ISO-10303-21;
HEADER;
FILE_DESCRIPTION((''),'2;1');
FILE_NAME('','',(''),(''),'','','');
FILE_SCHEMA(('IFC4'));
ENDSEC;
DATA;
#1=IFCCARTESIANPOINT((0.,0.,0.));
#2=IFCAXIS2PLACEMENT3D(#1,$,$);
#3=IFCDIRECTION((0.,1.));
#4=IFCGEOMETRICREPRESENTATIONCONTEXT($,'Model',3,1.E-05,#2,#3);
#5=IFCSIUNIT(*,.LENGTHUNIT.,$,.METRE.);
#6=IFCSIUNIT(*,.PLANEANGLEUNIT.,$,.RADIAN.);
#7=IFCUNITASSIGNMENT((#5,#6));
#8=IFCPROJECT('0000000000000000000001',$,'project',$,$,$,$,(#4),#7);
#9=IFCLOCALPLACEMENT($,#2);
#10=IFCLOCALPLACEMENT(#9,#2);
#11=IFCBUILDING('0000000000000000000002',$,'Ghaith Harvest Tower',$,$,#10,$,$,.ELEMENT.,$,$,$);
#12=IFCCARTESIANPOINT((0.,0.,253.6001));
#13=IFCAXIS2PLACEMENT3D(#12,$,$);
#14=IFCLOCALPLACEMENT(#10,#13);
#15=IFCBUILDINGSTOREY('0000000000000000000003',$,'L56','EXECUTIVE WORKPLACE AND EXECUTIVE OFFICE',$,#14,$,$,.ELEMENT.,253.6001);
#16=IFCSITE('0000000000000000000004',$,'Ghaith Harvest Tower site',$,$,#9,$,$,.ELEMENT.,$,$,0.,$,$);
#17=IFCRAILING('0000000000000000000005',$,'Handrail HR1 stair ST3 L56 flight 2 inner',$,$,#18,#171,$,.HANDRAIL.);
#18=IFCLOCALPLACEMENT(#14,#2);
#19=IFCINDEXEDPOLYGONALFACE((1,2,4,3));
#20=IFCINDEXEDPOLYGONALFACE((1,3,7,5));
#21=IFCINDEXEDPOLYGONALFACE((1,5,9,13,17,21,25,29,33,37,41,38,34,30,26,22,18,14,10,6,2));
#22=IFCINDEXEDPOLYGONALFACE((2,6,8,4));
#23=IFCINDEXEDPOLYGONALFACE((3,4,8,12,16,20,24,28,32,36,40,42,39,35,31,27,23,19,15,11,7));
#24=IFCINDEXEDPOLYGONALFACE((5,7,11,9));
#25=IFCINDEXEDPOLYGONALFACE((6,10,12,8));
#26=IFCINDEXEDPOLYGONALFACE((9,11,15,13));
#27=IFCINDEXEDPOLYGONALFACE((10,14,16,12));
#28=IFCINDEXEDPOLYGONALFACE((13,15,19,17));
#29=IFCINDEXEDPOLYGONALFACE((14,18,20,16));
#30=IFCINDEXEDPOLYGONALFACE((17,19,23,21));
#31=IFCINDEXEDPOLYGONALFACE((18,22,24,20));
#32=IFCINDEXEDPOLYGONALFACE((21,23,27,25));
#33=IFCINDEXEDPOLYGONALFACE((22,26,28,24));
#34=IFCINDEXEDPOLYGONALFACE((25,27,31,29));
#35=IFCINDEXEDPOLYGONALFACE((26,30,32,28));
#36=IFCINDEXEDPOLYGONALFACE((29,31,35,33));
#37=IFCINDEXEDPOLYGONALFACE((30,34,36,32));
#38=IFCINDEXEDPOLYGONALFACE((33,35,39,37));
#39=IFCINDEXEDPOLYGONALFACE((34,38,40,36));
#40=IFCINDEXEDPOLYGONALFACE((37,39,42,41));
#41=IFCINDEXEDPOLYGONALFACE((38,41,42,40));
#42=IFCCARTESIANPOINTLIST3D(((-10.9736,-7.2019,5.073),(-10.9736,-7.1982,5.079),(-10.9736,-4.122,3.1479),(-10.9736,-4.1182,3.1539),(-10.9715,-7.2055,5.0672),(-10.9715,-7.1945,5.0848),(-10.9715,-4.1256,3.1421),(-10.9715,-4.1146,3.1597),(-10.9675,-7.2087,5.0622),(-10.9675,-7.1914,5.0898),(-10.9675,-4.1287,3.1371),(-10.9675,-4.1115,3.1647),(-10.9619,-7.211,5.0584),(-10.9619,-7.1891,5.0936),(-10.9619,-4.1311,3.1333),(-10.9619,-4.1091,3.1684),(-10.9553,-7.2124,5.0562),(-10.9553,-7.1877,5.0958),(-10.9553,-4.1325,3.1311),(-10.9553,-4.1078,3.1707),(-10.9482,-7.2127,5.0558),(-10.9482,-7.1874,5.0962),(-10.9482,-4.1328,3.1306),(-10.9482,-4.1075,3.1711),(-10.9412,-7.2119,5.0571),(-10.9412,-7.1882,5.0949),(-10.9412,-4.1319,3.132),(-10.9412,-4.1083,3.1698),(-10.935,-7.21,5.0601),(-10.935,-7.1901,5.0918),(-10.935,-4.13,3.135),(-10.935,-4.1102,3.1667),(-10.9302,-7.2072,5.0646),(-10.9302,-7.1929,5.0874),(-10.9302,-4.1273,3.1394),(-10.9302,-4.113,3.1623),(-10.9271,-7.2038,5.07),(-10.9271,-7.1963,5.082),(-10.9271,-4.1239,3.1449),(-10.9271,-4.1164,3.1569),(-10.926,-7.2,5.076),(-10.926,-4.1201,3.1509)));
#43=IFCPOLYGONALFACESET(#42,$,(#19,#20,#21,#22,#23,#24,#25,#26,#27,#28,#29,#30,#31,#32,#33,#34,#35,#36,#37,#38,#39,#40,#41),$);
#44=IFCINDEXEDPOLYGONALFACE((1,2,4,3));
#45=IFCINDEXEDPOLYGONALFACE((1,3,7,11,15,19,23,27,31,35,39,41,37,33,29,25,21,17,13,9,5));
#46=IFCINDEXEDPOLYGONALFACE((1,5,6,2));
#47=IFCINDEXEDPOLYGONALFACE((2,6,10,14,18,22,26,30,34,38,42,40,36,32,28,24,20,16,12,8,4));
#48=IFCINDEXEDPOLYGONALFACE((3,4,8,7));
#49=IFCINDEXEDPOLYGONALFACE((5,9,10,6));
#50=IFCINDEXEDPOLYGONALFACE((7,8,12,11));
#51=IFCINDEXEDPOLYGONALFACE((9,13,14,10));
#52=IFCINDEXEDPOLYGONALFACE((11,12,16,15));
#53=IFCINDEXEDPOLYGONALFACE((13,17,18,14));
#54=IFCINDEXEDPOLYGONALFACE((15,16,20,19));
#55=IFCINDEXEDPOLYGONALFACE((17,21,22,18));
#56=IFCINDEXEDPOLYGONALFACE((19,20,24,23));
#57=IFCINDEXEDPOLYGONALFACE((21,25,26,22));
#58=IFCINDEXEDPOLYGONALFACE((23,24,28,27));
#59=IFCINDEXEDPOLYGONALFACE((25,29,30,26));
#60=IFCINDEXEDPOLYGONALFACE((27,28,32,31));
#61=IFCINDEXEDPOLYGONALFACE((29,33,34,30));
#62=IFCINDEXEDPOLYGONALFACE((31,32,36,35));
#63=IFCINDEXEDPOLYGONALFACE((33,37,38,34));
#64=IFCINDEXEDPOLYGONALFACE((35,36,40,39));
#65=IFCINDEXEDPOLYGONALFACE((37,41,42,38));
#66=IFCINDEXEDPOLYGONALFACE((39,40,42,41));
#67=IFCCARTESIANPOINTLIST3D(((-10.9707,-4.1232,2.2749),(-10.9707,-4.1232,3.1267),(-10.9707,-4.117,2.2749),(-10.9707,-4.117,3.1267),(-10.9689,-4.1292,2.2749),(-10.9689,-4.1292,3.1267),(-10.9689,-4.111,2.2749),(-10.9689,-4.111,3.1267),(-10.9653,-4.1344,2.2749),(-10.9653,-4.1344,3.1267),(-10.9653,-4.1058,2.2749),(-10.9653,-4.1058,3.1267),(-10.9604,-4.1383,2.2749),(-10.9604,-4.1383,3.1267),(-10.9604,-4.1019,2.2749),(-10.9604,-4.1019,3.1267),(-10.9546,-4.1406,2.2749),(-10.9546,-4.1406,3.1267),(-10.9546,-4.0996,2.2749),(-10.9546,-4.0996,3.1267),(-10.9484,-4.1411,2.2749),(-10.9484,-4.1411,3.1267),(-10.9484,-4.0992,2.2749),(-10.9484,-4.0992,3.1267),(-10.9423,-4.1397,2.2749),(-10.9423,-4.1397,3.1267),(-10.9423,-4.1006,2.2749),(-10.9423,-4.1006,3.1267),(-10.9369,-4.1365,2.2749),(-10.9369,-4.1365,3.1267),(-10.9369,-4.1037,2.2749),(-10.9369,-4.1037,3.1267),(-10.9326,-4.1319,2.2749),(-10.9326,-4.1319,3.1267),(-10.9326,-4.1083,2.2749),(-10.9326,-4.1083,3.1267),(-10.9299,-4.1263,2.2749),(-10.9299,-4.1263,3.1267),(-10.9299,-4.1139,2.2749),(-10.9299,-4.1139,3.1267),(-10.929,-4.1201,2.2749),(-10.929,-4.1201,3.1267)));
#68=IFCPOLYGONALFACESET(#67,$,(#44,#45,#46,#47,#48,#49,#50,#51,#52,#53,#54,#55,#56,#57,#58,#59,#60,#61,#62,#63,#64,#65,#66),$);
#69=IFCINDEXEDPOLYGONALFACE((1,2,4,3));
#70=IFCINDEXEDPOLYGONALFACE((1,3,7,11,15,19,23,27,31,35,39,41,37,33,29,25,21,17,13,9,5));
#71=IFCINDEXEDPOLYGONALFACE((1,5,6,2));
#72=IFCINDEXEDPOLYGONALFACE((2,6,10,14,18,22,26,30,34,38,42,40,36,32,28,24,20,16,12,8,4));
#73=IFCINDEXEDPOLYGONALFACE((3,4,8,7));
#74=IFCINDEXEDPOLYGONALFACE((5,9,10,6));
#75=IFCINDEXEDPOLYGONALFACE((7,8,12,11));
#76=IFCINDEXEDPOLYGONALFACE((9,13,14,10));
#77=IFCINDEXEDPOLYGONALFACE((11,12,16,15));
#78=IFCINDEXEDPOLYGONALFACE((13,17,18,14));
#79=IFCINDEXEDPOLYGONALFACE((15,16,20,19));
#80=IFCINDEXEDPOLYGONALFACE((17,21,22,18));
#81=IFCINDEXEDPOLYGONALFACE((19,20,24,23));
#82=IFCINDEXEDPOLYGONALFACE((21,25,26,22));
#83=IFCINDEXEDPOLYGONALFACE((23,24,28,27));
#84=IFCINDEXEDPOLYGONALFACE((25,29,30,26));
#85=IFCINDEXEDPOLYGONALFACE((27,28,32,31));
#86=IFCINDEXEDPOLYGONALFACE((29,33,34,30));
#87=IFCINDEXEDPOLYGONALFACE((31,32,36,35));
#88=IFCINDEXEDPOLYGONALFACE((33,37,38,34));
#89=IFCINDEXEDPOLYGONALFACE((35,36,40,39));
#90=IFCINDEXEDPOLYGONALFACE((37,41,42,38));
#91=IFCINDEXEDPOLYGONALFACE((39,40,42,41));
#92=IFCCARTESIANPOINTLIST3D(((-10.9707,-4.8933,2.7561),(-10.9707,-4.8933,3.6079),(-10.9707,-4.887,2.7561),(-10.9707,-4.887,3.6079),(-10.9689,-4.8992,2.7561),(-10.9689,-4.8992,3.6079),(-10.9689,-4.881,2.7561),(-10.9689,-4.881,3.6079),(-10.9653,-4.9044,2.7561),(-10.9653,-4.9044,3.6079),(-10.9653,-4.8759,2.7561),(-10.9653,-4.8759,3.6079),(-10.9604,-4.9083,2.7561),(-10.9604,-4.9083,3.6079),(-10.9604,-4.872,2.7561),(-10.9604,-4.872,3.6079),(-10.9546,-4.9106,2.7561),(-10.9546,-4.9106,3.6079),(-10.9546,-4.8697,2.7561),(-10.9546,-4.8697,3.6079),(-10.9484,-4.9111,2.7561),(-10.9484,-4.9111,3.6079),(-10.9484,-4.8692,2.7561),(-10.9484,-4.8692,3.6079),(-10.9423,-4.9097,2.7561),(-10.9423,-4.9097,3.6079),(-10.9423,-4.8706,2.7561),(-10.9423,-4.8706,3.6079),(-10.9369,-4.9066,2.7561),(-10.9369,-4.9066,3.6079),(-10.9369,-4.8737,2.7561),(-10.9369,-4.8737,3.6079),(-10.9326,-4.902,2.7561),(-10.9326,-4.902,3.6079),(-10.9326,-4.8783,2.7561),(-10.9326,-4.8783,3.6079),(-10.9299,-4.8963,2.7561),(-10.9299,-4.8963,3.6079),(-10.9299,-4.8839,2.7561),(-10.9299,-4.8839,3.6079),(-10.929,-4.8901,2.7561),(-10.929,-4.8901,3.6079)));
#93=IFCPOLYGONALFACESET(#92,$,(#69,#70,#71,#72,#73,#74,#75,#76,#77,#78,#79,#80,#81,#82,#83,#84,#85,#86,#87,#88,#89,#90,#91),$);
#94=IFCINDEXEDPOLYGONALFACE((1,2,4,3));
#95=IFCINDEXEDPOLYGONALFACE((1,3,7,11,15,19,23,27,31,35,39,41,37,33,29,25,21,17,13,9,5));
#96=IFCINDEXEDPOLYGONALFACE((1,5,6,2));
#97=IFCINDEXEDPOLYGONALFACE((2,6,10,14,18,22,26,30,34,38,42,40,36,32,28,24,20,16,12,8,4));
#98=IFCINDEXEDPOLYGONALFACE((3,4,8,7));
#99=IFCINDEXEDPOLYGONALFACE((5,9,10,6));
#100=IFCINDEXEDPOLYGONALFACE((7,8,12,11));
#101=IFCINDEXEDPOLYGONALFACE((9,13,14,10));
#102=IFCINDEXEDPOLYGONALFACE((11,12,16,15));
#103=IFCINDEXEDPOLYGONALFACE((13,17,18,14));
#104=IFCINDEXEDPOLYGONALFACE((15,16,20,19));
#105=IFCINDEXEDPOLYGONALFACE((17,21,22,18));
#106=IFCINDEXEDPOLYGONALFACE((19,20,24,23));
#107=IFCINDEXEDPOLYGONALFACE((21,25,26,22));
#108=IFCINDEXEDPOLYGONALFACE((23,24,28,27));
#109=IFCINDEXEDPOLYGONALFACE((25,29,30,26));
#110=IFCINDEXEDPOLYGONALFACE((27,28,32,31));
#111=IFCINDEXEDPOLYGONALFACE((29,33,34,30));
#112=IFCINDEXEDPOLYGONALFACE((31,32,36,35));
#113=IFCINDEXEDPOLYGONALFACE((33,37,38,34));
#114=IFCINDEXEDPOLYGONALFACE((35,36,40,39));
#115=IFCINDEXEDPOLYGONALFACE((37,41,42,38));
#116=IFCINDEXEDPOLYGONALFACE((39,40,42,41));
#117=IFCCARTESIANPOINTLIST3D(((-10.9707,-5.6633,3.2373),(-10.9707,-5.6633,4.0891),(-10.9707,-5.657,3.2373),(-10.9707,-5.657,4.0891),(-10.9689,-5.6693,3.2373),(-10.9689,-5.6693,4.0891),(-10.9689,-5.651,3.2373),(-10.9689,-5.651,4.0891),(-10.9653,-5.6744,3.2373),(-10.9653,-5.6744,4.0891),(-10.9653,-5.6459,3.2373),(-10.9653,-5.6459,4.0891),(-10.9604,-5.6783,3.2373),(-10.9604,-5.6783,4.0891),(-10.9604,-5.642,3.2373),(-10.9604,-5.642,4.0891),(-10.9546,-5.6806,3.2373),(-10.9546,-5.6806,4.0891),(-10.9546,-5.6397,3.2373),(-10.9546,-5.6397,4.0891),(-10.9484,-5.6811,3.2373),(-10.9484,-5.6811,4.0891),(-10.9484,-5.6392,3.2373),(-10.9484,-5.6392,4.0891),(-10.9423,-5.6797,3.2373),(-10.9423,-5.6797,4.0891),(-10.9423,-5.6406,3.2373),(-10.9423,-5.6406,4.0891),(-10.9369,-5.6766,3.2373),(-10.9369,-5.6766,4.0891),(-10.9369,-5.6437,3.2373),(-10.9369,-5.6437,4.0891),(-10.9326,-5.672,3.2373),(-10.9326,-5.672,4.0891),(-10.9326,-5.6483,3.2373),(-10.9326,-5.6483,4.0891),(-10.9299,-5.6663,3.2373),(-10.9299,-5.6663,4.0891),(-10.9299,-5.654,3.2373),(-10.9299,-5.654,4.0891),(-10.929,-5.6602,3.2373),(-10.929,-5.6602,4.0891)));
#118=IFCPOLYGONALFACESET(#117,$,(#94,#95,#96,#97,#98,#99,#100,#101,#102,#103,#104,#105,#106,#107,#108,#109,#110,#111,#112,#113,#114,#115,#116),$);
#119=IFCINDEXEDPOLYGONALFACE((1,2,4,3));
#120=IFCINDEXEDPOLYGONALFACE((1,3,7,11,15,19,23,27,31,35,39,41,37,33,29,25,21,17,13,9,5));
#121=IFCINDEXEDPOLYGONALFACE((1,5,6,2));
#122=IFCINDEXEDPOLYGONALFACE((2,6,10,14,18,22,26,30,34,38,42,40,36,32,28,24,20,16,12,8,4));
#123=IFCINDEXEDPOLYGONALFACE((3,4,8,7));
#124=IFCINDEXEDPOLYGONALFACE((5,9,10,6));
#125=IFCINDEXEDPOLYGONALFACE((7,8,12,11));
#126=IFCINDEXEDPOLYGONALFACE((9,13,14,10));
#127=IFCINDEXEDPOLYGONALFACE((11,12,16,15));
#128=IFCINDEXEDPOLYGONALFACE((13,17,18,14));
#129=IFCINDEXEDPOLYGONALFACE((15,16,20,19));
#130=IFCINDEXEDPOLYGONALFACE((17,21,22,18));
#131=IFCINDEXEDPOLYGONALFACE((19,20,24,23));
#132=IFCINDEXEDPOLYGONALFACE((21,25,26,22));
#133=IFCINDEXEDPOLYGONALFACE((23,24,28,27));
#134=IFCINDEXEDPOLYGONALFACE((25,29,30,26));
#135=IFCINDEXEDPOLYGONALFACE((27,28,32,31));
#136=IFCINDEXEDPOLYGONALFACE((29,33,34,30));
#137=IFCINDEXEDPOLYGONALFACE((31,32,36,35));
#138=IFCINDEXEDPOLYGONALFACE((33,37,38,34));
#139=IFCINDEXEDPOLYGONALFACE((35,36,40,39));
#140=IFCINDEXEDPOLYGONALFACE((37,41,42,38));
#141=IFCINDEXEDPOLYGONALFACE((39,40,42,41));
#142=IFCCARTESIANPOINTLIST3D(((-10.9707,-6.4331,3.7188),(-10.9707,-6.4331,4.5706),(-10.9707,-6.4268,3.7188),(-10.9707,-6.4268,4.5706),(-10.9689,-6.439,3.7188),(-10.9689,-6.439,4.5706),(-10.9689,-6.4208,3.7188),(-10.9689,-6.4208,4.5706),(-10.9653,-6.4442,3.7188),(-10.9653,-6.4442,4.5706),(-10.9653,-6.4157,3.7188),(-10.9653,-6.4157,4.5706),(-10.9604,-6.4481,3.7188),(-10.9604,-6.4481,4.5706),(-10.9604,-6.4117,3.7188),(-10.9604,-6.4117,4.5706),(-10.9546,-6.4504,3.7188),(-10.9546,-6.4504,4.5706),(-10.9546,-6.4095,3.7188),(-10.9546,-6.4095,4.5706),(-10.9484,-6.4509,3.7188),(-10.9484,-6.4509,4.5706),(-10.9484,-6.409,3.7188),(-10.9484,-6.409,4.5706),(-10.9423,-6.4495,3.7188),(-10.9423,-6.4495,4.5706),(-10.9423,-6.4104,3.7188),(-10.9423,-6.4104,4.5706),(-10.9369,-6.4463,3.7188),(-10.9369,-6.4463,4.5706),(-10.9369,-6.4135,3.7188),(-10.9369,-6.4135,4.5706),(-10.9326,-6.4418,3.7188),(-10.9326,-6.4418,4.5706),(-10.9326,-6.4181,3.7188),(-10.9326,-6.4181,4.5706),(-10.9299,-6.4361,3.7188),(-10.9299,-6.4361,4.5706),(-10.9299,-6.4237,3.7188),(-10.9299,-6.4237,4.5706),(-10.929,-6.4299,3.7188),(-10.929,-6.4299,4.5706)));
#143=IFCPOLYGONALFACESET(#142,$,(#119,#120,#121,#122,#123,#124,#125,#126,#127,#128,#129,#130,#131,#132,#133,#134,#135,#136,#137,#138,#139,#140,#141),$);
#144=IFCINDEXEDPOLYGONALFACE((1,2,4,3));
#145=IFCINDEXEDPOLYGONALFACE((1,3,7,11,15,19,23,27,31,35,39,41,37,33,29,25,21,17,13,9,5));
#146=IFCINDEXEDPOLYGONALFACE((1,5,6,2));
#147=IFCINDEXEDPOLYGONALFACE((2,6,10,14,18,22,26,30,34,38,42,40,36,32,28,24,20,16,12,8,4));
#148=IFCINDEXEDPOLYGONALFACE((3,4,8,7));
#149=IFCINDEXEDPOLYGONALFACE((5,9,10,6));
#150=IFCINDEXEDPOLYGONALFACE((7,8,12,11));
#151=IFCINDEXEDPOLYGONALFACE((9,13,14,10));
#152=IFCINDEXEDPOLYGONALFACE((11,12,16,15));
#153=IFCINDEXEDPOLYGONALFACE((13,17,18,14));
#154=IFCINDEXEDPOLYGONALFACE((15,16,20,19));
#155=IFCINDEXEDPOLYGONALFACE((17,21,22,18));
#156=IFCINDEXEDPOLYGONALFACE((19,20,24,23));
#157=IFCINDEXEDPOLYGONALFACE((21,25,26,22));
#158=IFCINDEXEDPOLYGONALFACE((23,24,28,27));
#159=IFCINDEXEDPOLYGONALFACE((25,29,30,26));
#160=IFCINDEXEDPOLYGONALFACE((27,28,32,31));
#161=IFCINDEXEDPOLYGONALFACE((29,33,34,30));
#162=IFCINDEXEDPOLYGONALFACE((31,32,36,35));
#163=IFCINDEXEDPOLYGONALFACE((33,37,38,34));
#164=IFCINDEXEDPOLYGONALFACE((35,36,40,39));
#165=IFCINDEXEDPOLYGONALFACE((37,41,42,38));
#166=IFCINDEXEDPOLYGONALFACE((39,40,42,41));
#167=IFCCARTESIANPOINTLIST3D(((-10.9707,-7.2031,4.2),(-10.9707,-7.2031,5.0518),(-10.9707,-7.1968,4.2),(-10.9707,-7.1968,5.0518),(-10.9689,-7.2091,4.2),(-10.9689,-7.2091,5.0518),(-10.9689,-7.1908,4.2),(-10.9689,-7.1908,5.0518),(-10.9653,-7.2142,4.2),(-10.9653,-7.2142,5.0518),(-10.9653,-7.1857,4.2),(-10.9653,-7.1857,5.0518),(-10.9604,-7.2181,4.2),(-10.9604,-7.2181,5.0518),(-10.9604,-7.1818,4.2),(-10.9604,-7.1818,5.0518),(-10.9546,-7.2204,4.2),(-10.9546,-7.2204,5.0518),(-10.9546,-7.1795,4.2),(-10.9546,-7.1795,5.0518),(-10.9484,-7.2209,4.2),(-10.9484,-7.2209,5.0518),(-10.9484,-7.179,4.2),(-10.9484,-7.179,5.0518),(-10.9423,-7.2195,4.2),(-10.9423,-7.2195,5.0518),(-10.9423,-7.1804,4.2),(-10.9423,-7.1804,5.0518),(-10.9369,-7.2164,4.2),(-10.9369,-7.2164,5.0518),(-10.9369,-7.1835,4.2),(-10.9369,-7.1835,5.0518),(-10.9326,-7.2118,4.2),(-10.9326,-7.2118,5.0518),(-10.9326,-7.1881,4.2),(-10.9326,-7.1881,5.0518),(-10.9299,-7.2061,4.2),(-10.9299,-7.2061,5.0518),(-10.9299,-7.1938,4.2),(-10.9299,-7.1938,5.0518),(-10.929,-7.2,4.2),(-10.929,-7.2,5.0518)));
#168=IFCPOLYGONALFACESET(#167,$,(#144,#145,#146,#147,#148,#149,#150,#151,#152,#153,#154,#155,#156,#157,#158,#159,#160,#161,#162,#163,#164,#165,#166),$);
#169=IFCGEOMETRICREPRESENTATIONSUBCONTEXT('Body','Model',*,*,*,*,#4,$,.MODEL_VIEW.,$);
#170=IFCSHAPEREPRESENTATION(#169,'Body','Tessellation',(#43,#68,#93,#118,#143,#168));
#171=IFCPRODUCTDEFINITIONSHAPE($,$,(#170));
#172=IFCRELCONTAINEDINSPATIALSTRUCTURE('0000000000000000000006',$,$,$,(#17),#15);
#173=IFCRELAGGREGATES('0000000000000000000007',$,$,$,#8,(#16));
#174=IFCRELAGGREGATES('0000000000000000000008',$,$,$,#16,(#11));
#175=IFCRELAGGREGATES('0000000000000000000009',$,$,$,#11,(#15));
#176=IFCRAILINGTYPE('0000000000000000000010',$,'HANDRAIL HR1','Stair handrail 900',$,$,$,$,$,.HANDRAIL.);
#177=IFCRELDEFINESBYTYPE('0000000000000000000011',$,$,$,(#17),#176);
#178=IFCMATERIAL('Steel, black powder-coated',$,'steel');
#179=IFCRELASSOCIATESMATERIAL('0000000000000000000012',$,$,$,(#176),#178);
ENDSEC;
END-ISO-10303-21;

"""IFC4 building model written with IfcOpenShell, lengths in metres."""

from ifc_helpers import new_model, si_unit, direction, frame, origin, origin_2d, place, context, subcontext, project, spatial, circle, extrude, material, type_object, element, save


model = new_model("IFC4")

# Units and contexts
model_context = context("Model", 3, precision=1e-05, world=origin(), true_north=direction((0.0, 1.0)))
body_context = subcontext(model_context, "Body", "Model", "MODEL_VIEW")
ifc_project = project(units=[si_unit("LENGTHUNIT", "METRE"), si_unit("PLANEANGLEUNIT", "RADIAN")], contexts=[model_context])

# Site, building, storey
site_placement = place(None, origin())
site = spatial("IfcSite", under=ifc_project, at=site_placement, Name="Ghaith Harvest Tower site", CompositionType="ELEMENT", RefElevation=0.0)
building_placement = place(site_placement, origin())
building = spatial("IfcBuilding", under=site, at=building_placement, Name="Ghaith Harvest Tower", CompositionType="ELEMENT")
storey_placement = place(building_placement, frame((0.0, 0.0, 253.6001)))
storey = spatial("IfcBuildingStorey", under=building, at=storey_placement, Name="L56", Description="EXECUTIVE WORKPLACE AND EXECUTIVE OFFICE", CompositionType="ELEMENT", Elevation=253.6001)

# Railing
ifc_material_1 = material(Name="Steel, black powder-coated", Category="steel")
railing_type = type_object("IfcRailingType", Name="HANDRAIL HR1", Description="Stair handrail 900", PredefinedType="HANDRAIL", material=ifc_material_1)
railing_1_placement = place(storey_placement, frame((-10.95, -4.1201, 2.2749)))
element("IfcRailing", 1, at=railing_1_placement, inside=storey, type_object=railing_type, Name="Handrail HR1 stair ST3 L56 flight 2 inner", PredefinedType="HANDRAIL", context=body_context, shape_type="SweptSolid", body=[
    extrude(circle(Radius=0.0239, at=origin_2d()), frame((0.0, 0.0, 0.876), z_axis=(0.0, -0.847979, 0.530029), x_axis=(1.0, 0.0, 0.0)), (0.0, 0.0, 1.0), 3.6321),
    extrude(circle(Radius=0.021, at=origin_2d()), origin(), (0.0, 0.0, 1.0), 0.8518),
    extrude(circle(Radius=0.021, at=origin_2d()), frame((0.0, -0.77, 0.4812)), (0.0, 0.0, 1.0), 0.8518),
    extrude(circle(Radius=0.021, at=origin_2d()), frame((0.0, -1.54, 0.9624)), (0.0, 0.0, 1.0), 0.8518),
    extrude(circle(Radius=0.021, at=origin_2d()), frame((0.0, -2.3098, 1.4438)), (0.0, 0.0, 1.0), 0.8518),
    extrude(circle(Radius=0.021, at=origin_2d()), frame((0.0, -3.0798, 1.925)), (0.0, 0.0, 1.0), 0.8518),
])

save(model, "model.ifc")
